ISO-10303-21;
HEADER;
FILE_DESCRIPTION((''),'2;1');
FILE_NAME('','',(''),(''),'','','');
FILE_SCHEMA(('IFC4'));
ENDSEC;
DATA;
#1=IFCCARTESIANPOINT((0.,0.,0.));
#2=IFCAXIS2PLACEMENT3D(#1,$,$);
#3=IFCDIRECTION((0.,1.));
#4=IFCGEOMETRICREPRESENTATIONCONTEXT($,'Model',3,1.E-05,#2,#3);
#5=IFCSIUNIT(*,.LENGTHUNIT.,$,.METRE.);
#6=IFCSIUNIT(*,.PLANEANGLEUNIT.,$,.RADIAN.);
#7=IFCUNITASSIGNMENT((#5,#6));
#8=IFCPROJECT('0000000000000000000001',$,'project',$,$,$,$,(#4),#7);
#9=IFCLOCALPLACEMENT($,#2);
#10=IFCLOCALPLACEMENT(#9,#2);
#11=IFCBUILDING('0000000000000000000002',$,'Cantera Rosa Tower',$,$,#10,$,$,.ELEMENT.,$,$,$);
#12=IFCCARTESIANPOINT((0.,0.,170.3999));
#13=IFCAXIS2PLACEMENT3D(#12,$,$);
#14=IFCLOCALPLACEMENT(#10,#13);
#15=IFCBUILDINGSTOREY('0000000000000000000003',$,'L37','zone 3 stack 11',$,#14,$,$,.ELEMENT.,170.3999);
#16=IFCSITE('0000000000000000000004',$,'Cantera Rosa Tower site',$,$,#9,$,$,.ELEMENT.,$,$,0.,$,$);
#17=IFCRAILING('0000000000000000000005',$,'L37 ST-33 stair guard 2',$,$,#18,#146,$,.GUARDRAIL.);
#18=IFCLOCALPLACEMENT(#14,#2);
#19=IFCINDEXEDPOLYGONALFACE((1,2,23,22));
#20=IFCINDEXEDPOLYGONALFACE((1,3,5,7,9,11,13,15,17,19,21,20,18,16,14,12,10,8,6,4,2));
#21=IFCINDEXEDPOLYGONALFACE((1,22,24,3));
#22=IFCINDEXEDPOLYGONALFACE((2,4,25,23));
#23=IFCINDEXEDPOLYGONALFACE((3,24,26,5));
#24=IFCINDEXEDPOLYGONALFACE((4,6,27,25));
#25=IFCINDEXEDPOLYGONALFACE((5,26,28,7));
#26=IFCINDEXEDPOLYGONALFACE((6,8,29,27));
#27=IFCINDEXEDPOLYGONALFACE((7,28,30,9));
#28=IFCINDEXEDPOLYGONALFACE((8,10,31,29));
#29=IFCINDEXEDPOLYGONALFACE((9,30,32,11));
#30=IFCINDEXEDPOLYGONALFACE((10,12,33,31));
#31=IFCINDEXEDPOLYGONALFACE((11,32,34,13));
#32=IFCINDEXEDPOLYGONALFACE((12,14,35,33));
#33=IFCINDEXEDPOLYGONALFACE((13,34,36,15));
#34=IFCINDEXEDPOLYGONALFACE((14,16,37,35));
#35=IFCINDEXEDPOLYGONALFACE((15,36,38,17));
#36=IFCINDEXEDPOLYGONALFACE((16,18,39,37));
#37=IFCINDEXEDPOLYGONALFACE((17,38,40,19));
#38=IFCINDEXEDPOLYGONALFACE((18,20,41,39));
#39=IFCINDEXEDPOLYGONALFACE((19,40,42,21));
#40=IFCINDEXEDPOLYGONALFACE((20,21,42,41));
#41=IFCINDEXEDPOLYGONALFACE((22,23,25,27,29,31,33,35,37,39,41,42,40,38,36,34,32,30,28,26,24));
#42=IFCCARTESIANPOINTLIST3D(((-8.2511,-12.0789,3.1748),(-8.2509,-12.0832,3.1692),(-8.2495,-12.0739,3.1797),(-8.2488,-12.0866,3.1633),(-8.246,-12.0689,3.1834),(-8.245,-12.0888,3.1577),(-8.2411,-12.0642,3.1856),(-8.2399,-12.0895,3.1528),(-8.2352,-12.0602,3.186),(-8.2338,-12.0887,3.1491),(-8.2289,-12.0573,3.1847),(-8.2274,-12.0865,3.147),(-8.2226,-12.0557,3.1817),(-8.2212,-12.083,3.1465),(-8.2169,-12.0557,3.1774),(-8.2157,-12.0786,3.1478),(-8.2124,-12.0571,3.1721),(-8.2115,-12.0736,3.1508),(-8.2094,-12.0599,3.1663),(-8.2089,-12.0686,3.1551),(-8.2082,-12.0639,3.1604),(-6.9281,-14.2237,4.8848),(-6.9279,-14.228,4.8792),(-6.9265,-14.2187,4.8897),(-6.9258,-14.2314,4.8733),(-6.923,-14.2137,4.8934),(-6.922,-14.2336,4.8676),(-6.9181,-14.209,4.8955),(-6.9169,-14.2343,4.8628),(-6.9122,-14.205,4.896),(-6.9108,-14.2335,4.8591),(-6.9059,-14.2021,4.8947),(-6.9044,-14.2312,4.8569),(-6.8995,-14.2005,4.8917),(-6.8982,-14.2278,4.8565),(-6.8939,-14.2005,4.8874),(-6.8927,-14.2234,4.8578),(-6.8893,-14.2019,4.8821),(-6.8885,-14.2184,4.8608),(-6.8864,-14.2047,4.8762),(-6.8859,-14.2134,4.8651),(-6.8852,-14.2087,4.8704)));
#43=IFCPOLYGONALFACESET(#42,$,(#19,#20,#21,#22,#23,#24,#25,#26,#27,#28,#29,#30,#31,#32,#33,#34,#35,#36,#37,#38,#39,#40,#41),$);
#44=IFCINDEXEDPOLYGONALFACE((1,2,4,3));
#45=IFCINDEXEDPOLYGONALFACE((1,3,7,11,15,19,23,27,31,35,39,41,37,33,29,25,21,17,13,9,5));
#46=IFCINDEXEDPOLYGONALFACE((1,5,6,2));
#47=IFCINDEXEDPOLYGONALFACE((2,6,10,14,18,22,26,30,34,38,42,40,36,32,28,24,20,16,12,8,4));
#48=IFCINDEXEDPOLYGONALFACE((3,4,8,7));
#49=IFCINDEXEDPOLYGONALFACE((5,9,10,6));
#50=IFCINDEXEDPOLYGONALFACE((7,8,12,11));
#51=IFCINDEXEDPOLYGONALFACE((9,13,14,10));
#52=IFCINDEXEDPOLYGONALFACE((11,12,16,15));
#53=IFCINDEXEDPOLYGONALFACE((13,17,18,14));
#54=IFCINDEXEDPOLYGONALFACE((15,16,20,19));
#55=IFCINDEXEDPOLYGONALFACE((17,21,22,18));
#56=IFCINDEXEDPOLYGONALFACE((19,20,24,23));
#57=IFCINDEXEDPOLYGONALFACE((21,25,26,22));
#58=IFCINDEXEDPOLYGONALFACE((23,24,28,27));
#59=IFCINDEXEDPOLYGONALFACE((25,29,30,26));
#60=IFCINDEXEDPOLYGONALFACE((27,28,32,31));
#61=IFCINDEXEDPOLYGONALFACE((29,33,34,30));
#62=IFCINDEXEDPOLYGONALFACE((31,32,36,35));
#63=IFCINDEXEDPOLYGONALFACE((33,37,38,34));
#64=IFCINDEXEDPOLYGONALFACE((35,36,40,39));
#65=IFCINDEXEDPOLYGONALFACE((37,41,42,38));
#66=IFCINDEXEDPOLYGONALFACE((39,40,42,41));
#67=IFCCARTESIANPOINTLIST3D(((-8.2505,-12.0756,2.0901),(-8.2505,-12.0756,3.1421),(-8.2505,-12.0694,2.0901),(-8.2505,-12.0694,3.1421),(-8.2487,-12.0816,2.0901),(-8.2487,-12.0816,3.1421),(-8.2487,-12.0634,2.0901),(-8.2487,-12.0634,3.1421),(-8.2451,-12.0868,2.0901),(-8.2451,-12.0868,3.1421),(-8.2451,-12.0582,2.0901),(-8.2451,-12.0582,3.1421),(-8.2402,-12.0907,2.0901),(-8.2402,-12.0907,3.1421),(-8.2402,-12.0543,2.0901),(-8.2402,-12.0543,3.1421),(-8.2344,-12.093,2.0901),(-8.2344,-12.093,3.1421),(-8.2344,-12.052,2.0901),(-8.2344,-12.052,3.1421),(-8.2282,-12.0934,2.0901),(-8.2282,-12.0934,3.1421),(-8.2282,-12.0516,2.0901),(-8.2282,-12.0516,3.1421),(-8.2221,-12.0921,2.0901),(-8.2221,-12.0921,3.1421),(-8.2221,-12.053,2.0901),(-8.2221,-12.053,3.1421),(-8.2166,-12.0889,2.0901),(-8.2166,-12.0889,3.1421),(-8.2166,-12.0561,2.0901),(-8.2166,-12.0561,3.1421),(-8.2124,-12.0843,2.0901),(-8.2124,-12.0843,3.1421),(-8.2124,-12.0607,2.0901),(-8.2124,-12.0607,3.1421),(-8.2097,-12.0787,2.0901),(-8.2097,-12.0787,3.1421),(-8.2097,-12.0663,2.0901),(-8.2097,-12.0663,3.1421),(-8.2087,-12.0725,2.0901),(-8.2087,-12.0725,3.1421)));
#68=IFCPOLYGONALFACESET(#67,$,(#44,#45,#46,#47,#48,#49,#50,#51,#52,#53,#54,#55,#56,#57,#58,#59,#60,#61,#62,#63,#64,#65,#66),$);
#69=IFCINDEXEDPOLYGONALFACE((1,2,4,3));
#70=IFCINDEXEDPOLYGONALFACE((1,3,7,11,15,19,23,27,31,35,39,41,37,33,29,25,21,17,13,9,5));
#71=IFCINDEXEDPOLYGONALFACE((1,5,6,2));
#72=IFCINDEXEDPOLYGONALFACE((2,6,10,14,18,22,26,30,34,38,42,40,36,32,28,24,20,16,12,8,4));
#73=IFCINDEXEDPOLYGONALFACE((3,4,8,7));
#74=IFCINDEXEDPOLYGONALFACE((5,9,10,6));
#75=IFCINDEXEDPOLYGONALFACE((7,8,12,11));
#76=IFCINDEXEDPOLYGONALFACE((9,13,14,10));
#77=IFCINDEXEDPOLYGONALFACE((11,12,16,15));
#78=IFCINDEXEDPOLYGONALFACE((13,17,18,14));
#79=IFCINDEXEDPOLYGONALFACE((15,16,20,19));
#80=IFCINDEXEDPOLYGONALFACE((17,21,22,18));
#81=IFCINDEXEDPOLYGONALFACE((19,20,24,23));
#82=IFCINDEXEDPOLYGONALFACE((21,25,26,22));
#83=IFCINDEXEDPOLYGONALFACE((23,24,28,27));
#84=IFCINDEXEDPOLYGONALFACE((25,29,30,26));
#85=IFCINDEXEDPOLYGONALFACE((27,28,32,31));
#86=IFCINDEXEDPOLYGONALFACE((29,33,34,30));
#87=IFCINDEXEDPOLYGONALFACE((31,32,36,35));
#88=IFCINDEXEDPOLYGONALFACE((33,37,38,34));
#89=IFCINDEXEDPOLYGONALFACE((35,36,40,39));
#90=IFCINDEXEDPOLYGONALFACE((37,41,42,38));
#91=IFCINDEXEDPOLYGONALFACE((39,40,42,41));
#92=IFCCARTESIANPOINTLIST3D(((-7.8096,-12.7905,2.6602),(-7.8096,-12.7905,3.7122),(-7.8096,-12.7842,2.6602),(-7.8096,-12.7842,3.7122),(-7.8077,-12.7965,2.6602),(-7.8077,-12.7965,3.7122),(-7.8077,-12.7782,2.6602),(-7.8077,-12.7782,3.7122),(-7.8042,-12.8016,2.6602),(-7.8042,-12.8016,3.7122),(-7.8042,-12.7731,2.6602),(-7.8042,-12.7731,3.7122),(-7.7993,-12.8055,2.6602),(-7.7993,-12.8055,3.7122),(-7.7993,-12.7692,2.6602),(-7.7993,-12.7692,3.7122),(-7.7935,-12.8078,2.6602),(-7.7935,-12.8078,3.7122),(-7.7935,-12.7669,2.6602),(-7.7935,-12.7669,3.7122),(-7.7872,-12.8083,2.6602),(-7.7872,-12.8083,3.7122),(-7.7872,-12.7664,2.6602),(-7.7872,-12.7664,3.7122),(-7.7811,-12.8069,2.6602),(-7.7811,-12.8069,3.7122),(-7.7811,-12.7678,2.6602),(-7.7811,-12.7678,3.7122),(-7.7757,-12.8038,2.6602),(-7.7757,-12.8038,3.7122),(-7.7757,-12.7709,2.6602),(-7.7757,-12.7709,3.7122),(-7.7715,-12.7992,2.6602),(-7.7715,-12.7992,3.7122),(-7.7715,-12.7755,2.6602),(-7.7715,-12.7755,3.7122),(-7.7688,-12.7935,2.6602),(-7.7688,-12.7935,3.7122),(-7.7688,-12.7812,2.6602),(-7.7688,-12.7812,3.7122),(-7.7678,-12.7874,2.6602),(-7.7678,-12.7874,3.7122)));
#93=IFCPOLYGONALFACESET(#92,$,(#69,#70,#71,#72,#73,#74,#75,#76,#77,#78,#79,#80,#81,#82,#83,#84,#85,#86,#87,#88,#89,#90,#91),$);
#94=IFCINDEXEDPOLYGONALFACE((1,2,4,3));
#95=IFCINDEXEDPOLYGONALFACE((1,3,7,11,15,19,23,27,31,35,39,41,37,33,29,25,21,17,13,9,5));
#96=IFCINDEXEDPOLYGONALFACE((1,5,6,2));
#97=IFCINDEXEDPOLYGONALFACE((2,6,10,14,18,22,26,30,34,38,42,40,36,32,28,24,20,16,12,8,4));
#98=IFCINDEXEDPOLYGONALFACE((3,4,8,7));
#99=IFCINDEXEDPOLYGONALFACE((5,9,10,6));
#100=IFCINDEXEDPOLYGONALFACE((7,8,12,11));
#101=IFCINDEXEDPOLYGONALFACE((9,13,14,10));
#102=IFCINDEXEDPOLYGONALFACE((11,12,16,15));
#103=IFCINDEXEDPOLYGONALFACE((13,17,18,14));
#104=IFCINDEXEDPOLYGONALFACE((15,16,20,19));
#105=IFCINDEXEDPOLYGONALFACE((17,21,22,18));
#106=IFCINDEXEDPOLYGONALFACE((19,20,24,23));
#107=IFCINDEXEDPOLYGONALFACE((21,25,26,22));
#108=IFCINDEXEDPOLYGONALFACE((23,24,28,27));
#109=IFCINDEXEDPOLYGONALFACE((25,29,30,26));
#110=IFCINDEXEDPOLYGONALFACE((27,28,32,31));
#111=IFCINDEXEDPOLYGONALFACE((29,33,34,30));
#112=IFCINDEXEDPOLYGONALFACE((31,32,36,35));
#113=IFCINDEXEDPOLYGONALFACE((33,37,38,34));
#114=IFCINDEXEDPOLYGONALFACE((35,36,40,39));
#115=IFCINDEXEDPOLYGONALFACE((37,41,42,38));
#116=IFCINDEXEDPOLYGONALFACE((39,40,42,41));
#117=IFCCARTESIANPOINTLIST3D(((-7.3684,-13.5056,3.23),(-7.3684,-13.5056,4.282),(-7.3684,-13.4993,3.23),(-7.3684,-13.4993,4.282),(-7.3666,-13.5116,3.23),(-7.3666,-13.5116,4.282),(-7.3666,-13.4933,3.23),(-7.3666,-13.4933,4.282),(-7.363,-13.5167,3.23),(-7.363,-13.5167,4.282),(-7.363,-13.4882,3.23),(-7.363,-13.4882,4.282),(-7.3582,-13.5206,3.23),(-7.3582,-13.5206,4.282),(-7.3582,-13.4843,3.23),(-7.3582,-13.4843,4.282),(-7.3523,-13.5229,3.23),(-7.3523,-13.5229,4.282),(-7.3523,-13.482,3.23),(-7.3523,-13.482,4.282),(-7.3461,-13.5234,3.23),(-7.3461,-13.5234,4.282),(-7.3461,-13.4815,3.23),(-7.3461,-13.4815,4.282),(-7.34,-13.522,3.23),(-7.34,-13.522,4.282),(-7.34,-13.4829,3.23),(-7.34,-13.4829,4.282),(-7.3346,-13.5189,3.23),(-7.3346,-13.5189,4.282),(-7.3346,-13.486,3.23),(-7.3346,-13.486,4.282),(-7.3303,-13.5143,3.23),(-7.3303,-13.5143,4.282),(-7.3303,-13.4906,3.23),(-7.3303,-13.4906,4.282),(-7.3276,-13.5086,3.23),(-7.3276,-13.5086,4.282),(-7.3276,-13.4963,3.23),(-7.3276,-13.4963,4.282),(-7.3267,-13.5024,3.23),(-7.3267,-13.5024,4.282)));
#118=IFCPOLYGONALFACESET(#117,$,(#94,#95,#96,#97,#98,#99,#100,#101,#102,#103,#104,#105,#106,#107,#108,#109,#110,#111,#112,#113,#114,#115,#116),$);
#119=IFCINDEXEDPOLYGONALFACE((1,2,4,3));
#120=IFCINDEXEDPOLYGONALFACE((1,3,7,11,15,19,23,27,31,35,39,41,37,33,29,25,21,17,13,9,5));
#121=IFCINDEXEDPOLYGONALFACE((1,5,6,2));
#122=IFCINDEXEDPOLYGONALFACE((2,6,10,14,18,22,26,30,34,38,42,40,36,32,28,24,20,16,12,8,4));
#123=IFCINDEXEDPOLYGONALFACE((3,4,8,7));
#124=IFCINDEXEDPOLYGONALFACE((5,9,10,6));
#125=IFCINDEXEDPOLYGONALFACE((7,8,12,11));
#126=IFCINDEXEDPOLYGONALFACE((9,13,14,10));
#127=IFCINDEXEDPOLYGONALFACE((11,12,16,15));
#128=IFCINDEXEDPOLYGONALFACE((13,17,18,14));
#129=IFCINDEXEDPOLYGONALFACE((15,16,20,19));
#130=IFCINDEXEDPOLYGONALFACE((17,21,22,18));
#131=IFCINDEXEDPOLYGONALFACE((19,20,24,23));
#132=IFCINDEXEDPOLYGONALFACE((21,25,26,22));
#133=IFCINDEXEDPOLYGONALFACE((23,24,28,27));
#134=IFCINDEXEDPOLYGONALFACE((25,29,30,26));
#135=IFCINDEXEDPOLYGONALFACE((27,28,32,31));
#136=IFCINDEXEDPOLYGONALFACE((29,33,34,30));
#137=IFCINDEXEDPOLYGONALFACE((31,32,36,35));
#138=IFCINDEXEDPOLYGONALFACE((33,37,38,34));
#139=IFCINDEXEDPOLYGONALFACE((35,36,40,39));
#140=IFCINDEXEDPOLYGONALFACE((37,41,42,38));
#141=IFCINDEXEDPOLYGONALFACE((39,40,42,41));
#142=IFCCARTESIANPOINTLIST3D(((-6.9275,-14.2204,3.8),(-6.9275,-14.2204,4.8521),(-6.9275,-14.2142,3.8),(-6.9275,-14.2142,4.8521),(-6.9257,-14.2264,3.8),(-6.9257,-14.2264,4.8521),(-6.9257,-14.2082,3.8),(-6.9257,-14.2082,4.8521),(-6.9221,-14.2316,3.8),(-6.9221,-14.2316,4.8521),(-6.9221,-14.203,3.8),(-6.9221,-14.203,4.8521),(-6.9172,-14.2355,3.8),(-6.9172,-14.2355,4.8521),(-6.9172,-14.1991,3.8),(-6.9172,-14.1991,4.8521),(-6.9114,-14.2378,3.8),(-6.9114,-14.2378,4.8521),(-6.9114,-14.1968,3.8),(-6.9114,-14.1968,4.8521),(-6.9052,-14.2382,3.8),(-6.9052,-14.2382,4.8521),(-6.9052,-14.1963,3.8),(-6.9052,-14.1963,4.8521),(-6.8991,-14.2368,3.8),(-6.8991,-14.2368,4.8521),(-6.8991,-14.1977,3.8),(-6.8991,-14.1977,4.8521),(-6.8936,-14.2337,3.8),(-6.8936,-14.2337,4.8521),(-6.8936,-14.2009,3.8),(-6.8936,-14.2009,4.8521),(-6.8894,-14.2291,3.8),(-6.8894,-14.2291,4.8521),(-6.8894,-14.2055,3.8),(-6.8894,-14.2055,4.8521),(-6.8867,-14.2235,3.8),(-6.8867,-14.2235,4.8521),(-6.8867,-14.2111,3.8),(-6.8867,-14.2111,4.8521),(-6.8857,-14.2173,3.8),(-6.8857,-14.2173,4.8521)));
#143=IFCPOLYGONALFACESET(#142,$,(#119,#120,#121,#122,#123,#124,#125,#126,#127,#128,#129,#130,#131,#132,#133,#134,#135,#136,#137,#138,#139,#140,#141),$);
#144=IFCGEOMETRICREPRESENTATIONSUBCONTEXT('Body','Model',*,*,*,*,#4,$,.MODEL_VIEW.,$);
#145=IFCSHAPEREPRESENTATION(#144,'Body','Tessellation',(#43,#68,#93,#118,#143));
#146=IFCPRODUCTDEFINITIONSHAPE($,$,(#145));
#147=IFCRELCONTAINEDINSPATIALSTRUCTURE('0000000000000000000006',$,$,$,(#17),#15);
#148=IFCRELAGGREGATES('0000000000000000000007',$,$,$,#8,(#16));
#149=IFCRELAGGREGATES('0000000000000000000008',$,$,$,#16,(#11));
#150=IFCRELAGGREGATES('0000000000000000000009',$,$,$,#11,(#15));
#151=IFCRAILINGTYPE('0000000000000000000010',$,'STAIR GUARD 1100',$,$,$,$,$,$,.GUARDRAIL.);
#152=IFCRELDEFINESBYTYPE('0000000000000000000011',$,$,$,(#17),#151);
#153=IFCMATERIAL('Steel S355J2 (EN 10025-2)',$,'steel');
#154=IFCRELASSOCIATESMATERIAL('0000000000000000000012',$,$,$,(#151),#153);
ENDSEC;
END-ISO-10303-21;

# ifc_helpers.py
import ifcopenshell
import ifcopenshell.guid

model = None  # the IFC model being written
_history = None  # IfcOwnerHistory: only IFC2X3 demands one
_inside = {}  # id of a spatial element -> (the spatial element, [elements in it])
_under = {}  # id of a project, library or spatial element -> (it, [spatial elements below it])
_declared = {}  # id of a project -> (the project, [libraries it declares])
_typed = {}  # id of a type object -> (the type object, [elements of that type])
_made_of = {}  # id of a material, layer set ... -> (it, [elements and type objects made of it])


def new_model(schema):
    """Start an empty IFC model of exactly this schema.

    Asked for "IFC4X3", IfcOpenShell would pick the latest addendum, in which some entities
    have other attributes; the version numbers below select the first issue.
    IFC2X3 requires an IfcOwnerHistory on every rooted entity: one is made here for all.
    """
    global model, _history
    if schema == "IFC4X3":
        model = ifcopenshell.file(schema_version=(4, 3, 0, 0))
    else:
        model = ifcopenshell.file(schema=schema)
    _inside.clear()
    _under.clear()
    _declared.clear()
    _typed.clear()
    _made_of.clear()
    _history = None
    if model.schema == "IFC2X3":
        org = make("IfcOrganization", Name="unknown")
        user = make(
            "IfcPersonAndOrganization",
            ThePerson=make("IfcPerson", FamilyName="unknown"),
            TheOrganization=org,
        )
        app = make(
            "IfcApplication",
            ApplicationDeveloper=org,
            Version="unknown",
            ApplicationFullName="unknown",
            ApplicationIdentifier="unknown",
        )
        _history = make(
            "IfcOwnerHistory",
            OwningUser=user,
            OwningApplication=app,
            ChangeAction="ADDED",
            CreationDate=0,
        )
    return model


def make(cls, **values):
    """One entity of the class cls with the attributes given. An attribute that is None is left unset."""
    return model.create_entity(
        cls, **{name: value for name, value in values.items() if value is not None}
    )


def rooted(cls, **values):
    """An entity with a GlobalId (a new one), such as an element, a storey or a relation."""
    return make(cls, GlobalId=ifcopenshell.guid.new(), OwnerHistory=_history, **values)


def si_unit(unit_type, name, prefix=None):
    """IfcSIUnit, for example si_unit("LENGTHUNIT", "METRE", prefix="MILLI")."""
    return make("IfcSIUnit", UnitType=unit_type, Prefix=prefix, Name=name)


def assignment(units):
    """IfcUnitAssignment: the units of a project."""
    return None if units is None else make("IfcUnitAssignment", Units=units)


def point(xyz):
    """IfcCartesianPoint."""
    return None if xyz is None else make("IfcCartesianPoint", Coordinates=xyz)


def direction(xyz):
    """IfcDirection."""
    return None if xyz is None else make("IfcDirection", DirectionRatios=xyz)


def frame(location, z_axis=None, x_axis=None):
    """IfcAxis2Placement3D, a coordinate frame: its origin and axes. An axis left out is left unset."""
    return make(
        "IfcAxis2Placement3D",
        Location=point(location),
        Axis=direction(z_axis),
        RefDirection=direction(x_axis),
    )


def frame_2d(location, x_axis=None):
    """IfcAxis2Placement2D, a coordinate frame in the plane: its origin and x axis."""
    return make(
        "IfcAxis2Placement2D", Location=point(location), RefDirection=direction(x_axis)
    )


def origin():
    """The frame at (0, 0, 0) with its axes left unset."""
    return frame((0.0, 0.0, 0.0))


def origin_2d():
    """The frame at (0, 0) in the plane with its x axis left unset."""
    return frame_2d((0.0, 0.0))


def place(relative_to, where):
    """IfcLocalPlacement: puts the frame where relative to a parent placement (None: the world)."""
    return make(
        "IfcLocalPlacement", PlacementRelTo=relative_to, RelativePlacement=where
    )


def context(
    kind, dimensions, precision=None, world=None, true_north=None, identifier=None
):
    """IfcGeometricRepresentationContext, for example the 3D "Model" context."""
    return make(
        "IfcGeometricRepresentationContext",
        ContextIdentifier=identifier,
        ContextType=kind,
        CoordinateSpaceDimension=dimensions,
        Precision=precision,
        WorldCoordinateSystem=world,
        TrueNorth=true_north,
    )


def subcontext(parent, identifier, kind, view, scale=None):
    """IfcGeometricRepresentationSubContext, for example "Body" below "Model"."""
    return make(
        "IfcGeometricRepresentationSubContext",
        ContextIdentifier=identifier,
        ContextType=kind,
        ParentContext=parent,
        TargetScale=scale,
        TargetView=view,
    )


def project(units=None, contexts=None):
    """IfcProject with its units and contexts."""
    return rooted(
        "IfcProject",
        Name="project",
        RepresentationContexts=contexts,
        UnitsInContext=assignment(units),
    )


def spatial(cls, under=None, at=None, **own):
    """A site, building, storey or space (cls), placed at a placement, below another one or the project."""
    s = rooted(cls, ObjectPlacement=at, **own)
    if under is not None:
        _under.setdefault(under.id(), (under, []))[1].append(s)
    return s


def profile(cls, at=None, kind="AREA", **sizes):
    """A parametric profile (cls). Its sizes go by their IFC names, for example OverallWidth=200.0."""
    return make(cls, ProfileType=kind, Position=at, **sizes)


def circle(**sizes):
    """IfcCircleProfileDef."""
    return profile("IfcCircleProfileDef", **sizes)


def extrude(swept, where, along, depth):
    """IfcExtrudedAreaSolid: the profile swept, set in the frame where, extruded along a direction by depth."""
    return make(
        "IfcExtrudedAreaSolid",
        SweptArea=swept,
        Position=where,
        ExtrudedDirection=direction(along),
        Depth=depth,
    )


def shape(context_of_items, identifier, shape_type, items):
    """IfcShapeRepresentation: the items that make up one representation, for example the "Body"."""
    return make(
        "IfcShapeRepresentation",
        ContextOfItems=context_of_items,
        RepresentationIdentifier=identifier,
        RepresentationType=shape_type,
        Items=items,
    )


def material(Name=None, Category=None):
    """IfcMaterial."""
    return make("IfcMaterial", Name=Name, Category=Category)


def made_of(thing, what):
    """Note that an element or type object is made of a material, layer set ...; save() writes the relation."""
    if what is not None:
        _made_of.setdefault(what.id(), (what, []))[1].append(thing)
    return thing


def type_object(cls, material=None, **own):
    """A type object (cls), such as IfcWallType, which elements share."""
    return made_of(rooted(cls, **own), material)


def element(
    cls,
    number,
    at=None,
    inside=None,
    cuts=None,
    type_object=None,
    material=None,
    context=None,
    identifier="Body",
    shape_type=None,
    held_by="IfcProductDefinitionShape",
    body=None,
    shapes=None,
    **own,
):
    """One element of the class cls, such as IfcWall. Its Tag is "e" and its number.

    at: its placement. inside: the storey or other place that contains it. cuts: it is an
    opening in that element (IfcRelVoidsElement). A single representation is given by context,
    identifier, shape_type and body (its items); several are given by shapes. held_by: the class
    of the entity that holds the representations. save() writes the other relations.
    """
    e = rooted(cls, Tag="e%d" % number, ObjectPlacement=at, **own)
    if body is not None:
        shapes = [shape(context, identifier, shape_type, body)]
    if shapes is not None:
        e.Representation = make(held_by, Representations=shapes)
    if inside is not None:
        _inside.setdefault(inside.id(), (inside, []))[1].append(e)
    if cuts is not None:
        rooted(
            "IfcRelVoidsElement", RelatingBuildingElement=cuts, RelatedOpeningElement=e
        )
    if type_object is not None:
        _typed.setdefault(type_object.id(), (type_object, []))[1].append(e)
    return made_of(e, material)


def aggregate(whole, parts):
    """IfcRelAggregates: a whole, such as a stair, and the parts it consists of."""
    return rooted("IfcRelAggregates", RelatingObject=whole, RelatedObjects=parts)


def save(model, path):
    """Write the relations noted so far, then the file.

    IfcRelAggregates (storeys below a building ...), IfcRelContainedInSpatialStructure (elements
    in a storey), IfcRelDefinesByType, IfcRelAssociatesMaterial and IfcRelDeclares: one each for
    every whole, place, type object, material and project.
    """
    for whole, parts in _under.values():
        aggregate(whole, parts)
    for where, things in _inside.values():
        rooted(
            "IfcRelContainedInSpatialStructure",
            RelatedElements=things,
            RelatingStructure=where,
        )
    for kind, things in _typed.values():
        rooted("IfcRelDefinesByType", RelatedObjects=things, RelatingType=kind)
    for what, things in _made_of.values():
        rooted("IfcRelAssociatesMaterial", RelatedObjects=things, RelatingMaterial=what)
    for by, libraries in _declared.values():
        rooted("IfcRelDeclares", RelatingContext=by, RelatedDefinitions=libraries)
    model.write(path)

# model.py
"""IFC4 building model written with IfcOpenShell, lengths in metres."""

from ifc_helpers import new_model, si_unit, direction, frame, origin, origin_2d, place, context, subcontext, project, spatial, circle, extrude, material, type_object, element, save


model = new_model("IFC4")

# Units and contexts
model_context = context("Model", 3, precision=1e-05, world=origin(), true_north=direction((0.0, 1.0)))
body_context = subcontext(model_context, "Body", "Model", "MODEL_VIEW")
ifc_project = project(units=[si_unit("LENGTHUNIT", "METRE"), si_unit("PLANEANGLEUNIT", "RADIAN")], contexts=[model_context])

# Site, building, storey
site_placement = place(None, origin())
site = spatial("IfcSite", under=ifc_project, at=site_placement, Name="Cantera Rosa Tower site", CompositionType="ELEMENT", RefElevation=0.0)
building_placement = place(site_placement, origin())
building = spatial("IfcBuilding", under=site, at=building_placement, Name="Cantera Rosa Tower", CompositionType="ELEMENT")
storey_placement = place(building_placement, frame((0.0, 0.0, 170.3999)))
storey = spatial("IfcBuildingStorey", under=building, at=storey_placement, Name="L37", Description="zone 3 stack 11", CompositionType="ELEMENT", Elevation=170.3999)

# Railing
ifc_material_1 = material(Name="Steel S355J2 (EN 10025-2)", Category="steel")
railing_type_1 = type_object("IfcRailingType", Name="STAIR GUARD 1100", PredefinedType="GUARDRAIL", material=ifc_material_1)
railing_1_placement = place(storey_placement, frame((-8.2297, -12.0725, 2.0901)))
element("IfcRailing", 1, at=railing_1_placement, inside=storey, type_object=railing_type_1, Name="L37 ST-33 stair guard 2", PredefinedType="GUARDRAIL", context=body_context, shape_type="SweptSolid", body=[
    extrude(circle(Radius=0.0239, at=origin_2d()), frame((0.0, 0.0, 1.0762), z_axis=(0.434428, -0.704271, 0.561493), x_axis=(0.851102, 0.525, 0.0)), (0.0, 0.0, 1.0), 3.0454),
    extrude(circle(Radius=0.021, at=origin_2d()), origin(), (0.0, 0.0, 1.0), 1.052),
    extrude(circle(Radius=0.021, at=origin_2d()), frame((0.4409, -0.7148, 0.5701)), (0.0, 0.0, 1.0), 1.052),
    extrude(circle(Radius=0.021, at=origin_2d()), frame((0.8821, -1.4299, 1.1399)), (0.0, 0.0, 1.0), 1.052),
    extrude(circle(Radius=0.021, at=origin_2d()), frame((1.323, -2.1448, 1.71)), (0.0, 0.0, 1.0), 1.052),
])

save(model, "model.ifc")
